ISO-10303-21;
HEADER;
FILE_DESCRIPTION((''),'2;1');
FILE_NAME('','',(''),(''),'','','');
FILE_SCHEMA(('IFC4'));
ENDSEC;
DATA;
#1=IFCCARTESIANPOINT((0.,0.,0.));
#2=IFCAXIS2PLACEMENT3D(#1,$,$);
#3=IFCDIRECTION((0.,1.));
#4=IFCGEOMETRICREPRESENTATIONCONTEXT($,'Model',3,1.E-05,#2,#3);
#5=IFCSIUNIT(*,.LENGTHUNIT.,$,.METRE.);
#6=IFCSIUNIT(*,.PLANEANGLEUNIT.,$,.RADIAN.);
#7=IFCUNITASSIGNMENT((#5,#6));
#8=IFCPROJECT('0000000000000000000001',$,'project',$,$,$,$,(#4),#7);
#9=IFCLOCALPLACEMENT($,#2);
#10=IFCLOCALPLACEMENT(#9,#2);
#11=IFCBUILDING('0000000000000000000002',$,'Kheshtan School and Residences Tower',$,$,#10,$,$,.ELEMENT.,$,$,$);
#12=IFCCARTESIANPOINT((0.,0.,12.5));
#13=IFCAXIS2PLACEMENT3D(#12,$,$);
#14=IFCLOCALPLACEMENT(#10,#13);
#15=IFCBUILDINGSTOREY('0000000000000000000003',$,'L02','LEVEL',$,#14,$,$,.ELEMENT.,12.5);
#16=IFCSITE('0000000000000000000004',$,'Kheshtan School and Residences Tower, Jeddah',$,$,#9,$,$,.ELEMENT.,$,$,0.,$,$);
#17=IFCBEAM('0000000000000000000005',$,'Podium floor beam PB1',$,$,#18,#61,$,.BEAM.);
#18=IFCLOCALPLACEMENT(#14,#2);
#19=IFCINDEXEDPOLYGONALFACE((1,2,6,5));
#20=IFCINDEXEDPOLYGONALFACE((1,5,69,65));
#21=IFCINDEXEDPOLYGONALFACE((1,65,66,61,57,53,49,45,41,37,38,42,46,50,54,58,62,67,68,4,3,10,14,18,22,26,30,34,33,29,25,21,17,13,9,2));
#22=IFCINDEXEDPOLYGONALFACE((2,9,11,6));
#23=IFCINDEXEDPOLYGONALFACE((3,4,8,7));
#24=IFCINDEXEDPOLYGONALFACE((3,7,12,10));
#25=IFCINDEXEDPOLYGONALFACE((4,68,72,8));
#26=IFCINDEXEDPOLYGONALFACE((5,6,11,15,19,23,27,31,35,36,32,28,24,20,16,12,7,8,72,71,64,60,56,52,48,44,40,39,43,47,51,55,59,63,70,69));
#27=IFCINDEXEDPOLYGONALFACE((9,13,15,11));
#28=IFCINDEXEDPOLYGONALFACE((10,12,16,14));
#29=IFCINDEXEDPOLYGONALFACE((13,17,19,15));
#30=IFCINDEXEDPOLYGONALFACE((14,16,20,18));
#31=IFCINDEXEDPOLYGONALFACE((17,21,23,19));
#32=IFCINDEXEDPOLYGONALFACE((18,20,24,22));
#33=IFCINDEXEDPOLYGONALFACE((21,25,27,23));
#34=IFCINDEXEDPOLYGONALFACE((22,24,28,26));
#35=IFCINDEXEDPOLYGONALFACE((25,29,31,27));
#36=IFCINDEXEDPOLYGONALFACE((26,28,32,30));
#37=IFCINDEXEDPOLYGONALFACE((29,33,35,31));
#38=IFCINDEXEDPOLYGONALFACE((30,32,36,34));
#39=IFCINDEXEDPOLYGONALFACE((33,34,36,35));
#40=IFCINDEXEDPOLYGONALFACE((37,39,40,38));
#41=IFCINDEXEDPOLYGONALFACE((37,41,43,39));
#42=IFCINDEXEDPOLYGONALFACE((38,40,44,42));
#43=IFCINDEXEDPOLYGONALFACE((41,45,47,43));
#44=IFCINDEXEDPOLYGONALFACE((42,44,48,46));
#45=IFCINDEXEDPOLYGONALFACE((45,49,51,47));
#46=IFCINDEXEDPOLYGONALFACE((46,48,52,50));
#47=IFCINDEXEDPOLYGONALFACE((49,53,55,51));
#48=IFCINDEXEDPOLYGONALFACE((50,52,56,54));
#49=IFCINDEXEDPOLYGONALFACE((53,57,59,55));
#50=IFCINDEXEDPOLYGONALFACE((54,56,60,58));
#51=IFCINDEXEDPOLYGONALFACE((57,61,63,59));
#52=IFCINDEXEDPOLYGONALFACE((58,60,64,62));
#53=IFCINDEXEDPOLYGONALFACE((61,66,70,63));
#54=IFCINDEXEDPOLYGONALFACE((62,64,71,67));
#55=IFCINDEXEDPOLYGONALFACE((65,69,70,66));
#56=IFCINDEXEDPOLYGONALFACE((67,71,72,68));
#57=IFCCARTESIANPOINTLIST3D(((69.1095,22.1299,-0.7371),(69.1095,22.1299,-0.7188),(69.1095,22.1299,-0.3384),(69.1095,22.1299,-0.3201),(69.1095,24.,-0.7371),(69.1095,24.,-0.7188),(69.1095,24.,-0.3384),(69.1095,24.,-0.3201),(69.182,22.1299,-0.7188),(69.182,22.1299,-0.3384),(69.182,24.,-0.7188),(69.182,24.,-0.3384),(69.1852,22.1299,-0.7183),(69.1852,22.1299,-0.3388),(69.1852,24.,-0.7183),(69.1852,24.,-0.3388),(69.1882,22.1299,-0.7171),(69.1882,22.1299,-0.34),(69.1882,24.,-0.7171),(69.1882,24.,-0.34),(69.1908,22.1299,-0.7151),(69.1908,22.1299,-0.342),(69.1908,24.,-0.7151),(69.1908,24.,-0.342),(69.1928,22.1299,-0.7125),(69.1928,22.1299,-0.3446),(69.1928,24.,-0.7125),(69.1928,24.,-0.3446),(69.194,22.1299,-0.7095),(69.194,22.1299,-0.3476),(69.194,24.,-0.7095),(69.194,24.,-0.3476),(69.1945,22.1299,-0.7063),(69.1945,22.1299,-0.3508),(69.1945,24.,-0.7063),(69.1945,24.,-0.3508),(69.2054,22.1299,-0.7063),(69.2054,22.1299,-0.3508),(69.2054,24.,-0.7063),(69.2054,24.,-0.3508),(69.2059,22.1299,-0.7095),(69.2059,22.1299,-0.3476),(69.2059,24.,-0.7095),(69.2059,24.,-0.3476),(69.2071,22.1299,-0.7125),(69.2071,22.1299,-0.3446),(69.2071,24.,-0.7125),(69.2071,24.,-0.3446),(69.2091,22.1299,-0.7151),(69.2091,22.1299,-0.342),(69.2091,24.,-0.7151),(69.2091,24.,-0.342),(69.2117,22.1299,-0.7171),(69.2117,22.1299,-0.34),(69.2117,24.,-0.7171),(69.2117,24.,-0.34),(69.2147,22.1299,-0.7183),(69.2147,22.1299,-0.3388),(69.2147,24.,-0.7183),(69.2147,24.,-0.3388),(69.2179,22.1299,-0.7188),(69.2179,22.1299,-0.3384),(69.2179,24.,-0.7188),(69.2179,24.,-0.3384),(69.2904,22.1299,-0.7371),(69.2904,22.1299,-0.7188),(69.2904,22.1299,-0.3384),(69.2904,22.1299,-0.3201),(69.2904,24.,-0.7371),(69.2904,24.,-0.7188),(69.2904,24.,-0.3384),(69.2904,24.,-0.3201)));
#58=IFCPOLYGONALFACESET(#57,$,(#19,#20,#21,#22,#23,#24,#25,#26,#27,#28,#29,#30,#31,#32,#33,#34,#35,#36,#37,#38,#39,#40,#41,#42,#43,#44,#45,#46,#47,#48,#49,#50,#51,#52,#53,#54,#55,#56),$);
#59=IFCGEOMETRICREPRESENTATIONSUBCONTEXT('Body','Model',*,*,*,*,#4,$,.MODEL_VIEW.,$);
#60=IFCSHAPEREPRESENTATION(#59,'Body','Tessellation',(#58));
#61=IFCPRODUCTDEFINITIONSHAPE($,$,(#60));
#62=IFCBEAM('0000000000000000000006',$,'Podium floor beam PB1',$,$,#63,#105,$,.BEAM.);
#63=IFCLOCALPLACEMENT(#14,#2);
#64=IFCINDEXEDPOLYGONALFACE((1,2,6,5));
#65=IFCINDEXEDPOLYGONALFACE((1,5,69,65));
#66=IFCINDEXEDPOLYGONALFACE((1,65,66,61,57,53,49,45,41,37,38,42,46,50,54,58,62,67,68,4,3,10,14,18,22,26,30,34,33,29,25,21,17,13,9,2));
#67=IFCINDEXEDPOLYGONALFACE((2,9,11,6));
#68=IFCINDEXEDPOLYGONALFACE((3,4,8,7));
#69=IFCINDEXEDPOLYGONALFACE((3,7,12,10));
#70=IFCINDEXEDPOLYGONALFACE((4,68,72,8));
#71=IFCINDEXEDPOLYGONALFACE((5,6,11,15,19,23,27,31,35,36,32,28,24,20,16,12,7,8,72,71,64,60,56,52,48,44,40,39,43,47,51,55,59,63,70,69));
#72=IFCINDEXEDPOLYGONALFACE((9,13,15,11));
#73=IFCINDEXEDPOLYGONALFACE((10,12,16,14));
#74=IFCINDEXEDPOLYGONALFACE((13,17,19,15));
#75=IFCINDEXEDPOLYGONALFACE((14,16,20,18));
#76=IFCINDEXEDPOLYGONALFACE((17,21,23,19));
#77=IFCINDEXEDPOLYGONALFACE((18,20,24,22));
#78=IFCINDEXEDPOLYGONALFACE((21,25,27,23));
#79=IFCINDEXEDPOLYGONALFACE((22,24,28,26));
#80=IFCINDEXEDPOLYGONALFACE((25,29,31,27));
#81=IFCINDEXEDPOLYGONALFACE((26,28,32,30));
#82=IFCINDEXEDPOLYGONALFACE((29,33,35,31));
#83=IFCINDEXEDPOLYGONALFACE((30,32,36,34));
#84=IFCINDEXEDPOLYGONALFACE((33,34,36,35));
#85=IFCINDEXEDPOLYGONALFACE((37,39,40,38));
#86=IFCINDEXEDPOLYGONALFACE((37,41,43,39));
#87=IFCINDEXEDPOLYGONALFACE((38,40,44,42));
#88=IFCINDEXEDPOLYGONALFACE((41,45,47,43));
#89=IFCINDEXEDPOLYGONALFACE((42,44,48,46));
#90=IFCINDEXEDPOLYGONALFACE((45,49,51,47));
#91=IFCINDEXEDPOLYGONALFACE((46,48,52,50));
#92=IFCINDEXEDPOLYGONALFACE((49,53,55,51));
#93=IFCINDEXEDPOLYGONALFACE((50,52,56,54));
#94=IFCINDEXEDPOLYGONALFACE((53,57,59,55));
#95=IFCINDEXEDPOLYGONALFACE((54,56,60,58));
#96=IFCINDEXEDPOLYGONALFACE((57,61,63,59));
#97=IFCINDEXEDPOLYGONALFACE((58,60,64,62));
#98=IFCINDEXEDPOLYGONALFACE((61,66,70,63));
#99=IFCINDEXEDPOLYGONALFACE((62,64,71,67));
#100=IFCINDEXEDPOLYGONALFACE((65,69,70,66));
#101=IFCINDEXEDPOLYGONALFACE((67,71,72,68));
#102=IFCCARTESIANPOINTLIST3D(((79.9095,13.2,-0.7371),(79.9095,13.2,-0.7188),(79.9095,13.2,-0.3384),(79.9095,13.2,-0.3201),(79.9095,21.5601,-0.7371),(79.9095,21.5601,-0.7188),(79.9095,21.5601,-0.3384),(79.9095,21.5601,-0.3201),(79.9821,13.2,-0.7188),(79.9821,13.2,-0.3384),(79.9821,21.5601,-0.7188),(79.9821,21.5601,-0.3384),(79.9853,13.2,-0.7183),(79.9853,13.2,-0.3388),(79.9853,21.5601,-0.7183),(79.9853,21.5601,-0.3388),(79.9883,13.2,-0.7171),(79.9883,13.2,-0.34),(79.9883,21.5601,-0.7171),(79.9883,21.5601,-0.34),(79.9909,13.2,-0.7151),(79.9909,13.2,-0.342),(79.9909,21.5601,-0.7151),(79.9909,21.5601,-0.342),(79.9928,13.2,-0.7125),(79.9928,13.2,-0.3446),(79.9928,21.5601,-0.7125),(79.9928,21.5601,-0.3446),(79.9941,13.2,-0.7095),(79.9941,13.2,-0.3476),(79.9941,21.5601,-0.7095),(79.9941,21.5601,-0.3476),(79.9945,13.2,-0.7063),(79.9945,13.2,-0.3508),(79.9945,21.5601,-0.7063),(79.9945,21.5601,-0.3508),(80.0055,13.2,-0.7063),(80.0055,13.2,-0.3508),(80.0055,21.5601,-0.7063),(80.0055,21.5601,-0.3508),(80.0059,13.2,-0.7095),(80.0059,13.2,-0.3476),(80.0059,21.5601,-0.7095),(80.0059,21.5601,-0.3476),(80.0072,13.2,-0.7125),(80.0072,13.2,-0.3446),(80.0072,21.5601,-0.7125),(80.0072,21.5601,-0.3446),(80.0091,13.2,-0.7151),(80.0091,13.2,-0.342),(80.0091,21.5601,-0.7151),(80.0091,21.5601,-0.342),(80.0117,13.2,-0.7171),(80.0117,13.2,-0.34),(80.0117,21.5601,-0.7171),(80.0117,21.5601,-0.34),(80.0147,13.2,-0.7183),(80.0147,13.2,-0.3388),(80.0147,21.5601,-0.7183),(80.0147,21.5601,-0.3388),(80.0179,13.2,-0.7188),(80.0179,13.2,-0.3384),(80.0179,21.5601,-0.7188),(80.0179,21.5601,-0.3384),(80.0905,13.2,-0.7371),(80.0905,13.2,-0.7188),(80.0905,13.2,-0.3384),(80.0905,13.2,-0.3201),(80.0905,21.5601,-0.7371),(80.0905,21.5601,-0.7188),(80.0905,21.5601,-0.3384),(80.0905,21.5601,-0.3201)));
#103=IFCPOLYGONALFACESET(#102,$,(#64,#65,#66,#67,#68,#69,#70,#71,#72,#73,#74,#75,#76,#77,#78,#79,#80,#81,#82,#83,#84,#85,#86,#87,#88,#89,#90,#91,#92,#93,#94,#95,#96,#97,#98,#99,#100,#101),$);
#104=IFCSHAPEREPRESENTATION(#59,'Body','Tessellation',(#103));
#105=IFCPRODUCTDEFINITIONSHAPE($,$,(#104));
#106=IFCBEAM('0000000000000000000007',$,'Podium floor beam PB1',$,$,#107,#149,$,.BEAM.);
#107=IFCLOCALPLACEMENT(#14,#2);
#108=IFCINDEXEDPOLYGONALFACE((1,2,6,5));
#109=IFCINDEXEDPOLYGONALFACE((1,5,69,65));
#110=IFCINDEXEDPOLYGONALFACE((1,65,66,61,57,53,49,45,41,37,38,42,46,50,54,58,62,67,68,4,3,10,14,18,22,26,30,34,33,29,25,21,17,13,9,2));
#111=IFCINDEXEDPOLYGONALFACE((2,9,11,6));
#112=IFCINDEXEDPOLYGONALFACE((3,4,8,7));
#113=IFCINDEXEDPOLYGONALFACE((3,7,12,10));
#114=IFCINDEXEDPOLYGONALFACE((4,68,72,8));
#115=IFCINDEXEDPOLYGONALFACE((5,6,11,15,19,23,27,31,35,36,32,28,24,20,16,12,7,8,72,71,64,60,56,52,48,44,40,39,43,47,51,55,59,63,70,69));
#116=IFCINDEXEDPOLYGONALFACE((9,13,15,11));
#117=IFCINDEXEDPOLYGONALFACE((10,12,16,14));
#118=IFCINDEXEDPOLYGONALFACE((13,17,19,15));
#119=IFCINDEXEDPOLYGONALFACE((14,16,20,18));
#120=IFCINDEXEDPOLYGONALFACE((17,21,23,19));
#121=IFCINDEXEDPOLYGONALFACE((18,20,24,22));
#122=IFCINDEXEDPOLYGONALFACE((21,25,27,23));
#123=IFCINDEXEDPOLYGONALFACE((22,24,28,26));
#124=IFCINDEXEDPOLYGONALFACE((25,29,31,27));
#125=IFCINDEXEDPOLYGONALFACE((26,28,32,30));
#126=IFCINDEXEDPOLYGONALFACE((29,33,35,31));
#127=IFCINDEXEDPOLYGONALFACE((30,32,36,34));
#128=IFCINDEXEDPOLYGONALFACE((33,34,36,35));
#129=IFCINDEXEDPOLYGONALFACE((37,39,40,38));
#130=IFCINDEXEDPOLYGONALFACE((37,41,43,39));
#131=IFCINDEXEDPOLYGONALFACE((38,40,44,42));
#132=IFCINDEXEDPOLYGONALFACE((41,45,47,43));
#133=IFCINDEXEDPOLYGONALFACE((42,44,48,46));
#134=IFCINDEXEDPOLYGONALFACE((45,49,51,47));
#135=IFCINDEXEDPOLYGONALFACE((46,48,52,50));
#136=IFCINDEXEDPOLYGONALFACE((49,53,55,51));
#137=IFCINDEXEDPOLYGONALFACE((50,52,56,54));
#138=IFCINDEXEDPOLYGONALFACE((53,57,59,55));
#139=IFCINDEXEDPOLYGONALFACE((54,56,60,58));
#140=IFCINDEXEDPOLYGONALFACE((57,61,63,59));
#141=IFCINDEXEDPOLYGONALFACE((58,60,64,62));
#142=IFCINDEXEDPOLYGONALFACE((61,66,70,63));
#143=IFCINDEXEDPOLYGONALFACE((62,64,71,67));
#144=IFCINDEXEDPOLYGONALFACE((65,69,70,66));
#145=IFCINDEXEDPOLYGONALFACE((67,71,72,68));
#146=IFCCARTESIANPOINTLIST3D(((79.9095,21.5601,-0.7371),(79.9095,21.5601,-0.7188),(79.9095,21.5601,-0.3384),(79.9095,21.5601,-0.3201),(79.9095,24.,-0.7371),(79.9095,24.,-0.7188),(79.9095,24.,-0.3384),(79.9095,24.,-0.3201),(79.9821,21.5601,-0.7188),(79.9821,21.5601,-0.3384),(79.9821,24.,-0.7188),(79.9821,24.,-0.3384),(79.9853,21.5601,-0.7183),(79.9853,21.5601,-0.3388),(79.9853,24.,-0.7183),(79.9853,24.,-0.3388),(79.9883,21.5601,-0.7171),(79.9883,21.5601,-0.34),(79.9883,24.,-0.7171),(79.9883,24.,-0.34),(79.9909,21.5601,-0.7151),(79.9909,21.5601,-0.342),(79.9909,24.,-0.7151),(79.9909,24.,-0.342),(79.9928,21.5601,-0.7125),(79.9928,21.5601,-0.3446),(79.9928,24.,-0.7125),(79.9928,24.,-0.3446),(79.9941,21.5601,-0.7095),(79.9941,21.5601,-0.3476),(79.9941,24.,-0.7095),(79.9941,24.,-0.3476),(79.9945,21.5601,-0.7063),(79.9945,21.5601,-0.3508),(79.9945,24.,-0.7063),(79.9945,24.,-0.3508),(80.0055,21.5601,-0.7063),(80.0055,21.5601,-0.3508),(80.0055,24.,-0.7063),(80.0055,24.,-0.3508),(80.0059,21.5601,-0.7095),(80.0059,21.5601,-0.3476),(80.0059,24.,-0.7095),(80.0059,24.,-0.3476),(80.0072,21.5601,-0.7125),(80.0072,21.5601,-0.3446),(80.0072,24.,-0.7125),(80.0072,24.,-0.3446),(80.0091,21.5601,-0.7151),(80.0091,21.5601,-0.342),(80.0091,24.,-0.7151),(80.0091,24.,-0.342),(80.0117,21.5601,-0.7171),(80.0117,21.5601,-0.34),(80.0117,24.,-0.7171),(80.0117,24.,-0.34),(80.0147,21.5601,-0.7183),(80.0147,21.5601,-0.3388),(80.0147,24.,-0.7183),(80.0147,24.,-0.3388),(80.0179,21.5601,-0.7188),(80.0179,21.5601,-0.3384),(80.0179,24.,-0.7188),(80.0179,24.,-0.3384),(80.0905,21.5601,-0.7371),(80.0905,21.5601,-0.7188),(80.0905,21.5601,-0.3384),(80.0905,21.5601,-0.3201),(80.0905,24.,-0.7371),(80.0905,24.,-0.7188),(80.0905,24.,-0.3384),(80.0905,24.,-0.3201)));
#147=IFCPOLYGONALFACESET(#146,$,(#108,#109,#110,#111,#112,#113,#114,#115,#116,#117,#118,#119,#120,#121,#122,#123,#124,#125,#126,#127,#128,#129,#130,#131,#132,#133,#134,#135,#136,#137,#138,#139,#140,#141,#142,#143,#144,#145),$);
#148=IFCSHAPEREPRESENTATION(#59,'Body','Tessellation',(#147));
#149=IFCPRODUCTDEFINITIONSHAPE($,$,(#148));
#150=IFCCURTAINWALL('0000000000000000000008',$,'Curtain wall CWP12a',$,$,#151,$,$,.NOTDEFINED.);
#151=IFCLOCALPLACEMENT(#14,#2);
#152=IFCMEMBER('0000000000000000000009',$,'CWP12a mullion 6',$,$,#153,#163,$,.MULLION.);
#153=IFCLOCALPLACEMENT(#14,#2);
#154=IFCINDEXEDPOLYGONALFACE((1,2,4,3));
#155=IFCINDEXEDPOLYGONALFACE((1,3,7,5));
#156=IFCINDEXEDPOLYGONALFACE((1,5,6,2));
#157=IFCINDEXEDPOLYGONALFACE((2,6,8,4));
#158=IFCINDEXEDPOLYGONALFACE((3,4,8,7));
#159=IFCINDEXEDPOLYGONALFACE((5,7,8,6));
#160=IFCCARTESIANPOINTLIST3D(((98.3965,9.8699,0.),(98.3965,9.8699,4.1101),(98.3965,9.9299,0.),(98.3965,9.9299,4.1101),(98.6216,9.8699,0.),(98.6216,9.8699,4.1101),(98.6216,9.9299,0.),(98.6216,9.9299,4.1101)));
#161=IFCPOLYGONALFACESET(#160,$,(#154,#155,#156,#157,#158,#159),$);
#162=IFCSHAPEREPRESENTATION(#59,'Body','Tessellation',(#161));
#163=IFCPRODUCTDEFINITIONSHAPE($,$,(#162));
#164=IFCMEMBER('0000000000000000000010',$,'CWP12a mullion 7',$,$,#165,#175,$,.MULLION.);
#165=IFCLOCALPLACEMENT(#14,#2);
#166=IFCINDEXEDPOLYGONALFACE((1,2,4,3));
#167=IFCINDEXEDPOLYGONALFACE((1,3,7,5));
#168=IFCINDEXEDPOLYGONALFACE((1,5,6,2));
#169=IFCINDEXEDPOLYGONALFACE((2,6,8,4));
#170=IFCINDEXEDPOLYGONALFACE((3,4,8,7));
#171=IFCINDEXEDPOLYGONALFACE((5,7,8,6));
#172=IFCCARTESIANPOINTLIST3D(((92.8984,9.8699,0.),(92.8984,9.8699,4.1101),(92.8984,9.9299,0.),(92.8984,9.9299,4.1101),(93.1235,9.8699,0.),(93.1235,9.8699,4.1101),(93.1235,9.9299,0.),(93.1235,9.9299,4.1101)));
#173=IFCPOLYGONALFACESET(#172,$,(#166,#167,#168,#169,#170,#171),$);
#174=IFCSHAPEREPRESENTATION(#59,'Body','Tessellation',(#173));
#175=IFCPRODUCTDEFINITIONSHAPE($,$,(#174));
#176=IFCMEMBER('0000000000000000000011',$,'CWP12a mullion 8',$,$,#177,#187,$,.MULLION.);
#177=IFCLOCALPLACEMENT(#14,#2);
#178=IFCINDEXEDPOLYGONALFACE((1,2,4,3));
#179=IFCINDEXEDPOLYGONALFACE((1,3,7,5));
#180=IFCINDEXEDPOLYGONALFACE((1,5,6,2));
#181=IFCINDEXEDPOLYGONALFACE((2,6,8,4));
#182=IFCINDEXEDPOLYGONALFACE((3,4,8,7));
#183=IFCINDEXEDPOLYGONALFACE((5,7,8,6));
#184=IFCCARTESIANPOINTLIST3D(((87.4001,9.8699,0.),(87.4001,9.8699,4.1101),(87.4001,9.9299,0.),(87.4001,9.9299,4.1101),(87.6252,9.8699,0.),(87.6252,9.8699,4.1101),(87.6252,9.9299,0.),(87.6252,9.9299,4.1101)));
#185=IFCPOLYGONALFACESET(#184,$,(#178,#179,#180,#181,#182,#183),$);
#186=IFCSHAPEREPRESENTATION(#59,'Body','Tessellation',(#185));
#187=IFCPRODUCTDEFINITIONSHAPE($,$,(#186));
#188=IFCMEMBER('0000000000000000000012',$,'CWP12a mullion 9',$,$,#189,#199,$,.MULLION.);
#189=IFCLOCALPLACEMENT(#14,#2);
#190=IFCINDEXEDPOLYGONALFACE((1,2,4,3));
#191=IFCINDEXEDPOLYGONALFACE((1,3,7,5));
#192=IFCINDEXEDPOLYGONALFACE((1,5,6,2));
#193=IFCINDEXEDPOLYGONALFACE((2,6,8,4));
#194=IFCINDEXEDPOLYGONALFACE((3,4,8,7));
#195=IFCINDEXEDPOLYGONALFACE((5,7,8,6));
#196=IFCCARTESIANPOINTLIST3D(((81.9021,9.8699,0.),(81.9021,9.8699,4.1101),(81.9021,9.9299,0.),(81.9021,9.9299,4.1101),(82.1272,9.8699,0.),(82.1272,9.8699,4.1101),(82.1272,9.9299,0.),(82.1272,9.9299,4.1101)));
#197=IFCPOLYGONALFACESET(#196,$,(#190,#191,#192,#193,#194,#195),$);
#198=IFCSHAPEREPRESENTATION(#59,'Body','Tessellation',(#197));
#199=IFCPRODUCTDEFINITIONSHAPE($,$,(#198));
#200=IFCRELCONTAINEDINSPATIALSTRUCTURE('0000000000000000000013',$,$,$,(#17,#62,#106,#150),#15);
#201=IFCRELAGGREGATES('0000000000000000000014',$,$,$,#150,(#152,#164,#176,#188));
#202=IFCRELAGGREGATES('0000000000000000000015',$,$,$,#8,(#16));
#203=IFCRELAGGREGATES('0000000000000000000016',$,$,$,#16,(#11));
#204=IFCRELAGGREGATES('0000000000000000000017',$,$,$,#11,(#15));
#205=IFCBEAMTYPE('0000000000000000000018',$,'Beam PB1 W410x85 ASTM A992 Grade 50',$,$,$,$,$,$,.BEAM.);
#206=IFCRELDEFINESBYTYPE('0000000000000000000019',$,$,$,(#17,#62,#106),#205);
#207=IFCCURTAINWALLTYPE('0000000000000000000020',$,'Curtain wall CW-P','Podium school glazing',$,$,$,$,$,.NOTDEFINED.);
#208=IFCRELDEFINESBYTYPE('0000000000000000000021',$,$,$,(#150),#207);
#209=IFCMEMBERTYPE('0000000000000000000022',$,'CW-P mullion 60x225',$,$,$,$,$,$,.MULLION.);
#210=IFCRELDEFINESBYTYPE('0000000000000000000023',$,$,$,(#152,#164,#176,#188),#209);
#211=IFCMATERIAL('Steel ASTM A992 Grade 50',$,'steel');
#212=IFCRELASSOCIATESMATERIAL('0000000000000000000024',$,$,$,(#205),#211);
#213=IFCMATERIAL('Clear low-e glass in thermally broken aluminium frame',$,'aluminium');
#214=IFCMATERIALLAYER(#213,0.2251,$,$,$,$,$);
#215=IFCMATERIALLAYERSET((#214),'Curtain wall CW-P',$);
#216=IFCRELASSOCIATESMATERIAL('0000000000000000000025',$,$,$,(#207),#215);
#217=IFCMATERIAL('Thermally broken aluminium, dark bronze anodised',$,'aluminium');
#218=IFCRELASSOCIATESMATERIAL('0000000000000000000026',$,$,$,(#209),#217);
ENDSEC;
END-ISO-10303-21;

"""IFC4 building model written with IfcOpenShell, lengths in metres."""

from ifc_helpers import new_model, si_unit, direction, frame, origin, origin_2d, place, context, subcontext, project, spatial, rectangle, i_section, extrude, material, layer, layer_set, material_profile, profile_set, type_object, element, aggregate, save


model = new_model("IFC4")

# Units and contexts
model_context = context("Model", 3, precision=1e-05, world=origin(), true_north=direction((0.0, 1.0)))
body_context = subcontext(model_context, "Body", "Model", "MODEL_VIEW")
ifc_project = project(units=[si_unit("LENGTHUNIT", "METRE"), si_unit("PLANEANGLEUNIT", "RADIAN")], contexts=[model_context])

# Site, building, storey
site_placement = place(None, origin())
site = spatial("IfcSite", under=ifc_project, at=site_placement, Name="Kheshtan School and Residences Tower, Jeddah", CompositionType="ELEMENT", RefElevation=0.0)
building_placement = place(site_placement, origin())
building = spatial("IfcBuilding", under=site, at=building_placement, Name="Kheshtan School and Residences Tower", CompositionType="ELEMENT")
storey_placement = place(building_placement, frame((0.0, 0.0, 12.5)))
storey = spatial("IfcBuildingStorey", under=building, at=storey_placement, Name="L02", Description="LEVEL", CompositionType="ELEMENT", Elevation=12.5)

# Shared definitions
ifc_material_1 = material(Name="Steel ASTM A992 Grade 50", Category="steel")

# Beams
ifc_material_profile_1 = material_profile(ifc_material_1, i_section(OverallWidth=0.1809, OverallDepth=0.417, WebThickness=0.011, FlangeThickness=0.0183, FilletRadius=0.0125, at=origin_2d()), Name="W410x85")
ifc_profile_set_1 = profile_set([ifc_material_profile_1], Name="Steel ASTM A992 Grade 50")
beam_type = type_object("IfcBeamType", Name="Beam PB1 W410x85 ASTM A992 Grade 50", PredefinedType="BEAM", material=ifc_profile_set_1)
beam_1_placement = place(storey_placement, frame((69.2, 22.1299, -0.5286), z_axis=(0.0, 1.0, 0.0), x_axis=(-1.0, 0.0, 0.0)))
element("IfcBeam", 1, at=beam_1_placement, inside=storey, type_object=beam_type, Name="Podium floor beam PB1", PredefinedType="BEAM", context=body_context, shape_type="SweptSolid", body=[
    extrude(i_section(OverallWidth=0.1809, OverallDepth=0.417, WebThickness=0.011, FlangeThickness=0.0183, FilletRadius=0.0125, at=origin_2d()), origin(), (0.0, 0.0, 1.0), 1.8701),
])
beam_2_placement = place(storey_placement, frame((80.0, 13.2, -0.5286), z_axis=(0.0, 1.0, 0.0), x_axis=(-1.0, 0.0, 0.0)))
element("IfcBeam", 2, at=beam_2_placement, inside=storey, type_object=beam_type, Name="Podium floor beam PB1", PredefinedType="BEAM", context=body_context, shape_type="SweptSolid", body=[
    extrude(i_section(OverallWidth=0.1809, OverallDepth=0.417, WebThickness=0.011, FlangeThickness=0.0183, FilletRadius=0.0125, at=origin_2d()), origin(), (0.0, 0.0, 1.0), 8.3601),
])
beam_3_placement = place(storey_placement, frame((80.0, 21.5601, -0.5286), z_axis=(0.0, 1.0, 0.0), x_axis=(-1.0, 0.0, 0.0)))
element("IfcBeam", 3, at=beam_3_placement, inside=storey, type_object=beam_type, Name="Podium floor beam PB1", PredefinedType="BEAM", context=body_context, shape_type="SweptSolid", body=[
    extrude(i_section(OverallWidth=0.1809, OverallDepth=0.417, WebThickness=0.011, FlangeThickness=0.0183, FilletRadius=0.0125, at=origin_2d()), origin(), (0.0, 0.0, 1.0), 2.4399),
])

# Curtain wall, members
ifc_material_2 = material(Name="Clear low-e glass in thermally broken aluminium frame", Category="aluminium")
ifc_layer_1 = layer(ifc_material_2, 0.2251)
ifc_layer_set_1 = layer_set([ifc_layer_1], Name="Curtain wall CW-P")
curtain_wall_type = type_object("IfcCurtainWallType", Name="Curtain wall CW-P", Description="Podium school glazing", PredefinedType="NOTDEFINED", material=ifc_layer_set_1)
curtain_wall_placement = place(storey_placement, origin())
curtain_wall = element("IfcCurtainWall", 4, at=curtain_wall_placement, inside=storey, type_object=curtain_wall_type, Name="Curtain wall CWP12a", PredefinedType="NOTDEFINED")
ifc_material_3 = material(Name="Thermally broken aluminium, dark bronze anodised", Category="aluminium")
ifc_material_profile_2 = material_profile(ifc_material_3, rectangle(XDim=0.0601, YDim=0.2251, at=origin_2d()), Name="CW-P mullion 60x225")
ifc_profile_set_2 = profile_set([ifc_material_profile_2], Name="Thermally broken aluminium, dark bronze anodised")
member_type = type_object("IfcMemberType", Name="CW-P mullion 60x225", PredefinedType="MULLION", material=ifc_profile_set_2)
member_1_placement = place(storey_placement, frame((98.509, 9.8999, 0.0), z_axis=(0.0, 0.0, 1.0), x_axis=(0.0, -1.0, 0.0)))
member_1 = element("IfcMember", 5, at=member_1_placement, type_object=member_type, Name="CWP12a mullion 6", PredefinedType="MULLION", context=body_context, shape_type="SweptSolid", body=[
    extrude(rectangle(XDim=0.0601, YDim=0.2251, at=origin_2d()), origin(), (0.0, 0.0, 1.0), 4.1101),
])
member_2_placement = place(storey_placement, frame((93.011, 9.8999, 0.0), z_axis=(0.0, 0.0, 1.0), x_axis=(0.0, -1.0, 0.0)))
member_2 = element("IfcMember", 6, at=member_2_placement, type_object=member_type, Name="CWP12a mullion 7", PredefinedType="MULLION", context=body_context, shape_type="SweptSolid", body=[
    extrude(rectangle(XDim=0.0601, YDim=0.2251, at=origin_2d()), origin(), (0.0, 0.0, 1.0), 4.1101),
])
member_3_placement = place(storey_placement, frame((87.5127, 9.8999, 0.0), z_axis=(0.0, 0.0, 1.0), x_axis=(0.0, -1.0, 0.0)))
member_3 = element("IfcMember", 7, at=member_3_placement, type_object=member_type, Name="CWP12a mullion 8", PredefinedType="MULLION", context=body_context, shape_type="SweptSolid", body=[
    extrude(rectangle(XDim=0.0601, YDim=0.2251, at=origin_2d()), origin(), (0.0, 0.0, 1.0), 4.1101),
])
member_4_placement = place(storey_placement, frame((82.0146, 9.8999, 0.0), z_axis=(0.0, 0.0, 1.0), x_axis=(0.0, -1.0, 0.0)))
member_4 = element("IfcMember", 8, at=member_4_placement, type_object=member_type, Name="CWP12a mullion 9", PredefinedType="MULLION", context=body_context, shape_type="SweptSolid", body=[
    extrude(rectangle(XDim=0.0601, YDim=0.2251, at=origin_2d()), origin(), (0.0, 0.0, 1.0), 4.1101),
])
aggregate(curtain_wall, [member_1, member_2, member_3, member_4])

save(model, "model.ifc")
